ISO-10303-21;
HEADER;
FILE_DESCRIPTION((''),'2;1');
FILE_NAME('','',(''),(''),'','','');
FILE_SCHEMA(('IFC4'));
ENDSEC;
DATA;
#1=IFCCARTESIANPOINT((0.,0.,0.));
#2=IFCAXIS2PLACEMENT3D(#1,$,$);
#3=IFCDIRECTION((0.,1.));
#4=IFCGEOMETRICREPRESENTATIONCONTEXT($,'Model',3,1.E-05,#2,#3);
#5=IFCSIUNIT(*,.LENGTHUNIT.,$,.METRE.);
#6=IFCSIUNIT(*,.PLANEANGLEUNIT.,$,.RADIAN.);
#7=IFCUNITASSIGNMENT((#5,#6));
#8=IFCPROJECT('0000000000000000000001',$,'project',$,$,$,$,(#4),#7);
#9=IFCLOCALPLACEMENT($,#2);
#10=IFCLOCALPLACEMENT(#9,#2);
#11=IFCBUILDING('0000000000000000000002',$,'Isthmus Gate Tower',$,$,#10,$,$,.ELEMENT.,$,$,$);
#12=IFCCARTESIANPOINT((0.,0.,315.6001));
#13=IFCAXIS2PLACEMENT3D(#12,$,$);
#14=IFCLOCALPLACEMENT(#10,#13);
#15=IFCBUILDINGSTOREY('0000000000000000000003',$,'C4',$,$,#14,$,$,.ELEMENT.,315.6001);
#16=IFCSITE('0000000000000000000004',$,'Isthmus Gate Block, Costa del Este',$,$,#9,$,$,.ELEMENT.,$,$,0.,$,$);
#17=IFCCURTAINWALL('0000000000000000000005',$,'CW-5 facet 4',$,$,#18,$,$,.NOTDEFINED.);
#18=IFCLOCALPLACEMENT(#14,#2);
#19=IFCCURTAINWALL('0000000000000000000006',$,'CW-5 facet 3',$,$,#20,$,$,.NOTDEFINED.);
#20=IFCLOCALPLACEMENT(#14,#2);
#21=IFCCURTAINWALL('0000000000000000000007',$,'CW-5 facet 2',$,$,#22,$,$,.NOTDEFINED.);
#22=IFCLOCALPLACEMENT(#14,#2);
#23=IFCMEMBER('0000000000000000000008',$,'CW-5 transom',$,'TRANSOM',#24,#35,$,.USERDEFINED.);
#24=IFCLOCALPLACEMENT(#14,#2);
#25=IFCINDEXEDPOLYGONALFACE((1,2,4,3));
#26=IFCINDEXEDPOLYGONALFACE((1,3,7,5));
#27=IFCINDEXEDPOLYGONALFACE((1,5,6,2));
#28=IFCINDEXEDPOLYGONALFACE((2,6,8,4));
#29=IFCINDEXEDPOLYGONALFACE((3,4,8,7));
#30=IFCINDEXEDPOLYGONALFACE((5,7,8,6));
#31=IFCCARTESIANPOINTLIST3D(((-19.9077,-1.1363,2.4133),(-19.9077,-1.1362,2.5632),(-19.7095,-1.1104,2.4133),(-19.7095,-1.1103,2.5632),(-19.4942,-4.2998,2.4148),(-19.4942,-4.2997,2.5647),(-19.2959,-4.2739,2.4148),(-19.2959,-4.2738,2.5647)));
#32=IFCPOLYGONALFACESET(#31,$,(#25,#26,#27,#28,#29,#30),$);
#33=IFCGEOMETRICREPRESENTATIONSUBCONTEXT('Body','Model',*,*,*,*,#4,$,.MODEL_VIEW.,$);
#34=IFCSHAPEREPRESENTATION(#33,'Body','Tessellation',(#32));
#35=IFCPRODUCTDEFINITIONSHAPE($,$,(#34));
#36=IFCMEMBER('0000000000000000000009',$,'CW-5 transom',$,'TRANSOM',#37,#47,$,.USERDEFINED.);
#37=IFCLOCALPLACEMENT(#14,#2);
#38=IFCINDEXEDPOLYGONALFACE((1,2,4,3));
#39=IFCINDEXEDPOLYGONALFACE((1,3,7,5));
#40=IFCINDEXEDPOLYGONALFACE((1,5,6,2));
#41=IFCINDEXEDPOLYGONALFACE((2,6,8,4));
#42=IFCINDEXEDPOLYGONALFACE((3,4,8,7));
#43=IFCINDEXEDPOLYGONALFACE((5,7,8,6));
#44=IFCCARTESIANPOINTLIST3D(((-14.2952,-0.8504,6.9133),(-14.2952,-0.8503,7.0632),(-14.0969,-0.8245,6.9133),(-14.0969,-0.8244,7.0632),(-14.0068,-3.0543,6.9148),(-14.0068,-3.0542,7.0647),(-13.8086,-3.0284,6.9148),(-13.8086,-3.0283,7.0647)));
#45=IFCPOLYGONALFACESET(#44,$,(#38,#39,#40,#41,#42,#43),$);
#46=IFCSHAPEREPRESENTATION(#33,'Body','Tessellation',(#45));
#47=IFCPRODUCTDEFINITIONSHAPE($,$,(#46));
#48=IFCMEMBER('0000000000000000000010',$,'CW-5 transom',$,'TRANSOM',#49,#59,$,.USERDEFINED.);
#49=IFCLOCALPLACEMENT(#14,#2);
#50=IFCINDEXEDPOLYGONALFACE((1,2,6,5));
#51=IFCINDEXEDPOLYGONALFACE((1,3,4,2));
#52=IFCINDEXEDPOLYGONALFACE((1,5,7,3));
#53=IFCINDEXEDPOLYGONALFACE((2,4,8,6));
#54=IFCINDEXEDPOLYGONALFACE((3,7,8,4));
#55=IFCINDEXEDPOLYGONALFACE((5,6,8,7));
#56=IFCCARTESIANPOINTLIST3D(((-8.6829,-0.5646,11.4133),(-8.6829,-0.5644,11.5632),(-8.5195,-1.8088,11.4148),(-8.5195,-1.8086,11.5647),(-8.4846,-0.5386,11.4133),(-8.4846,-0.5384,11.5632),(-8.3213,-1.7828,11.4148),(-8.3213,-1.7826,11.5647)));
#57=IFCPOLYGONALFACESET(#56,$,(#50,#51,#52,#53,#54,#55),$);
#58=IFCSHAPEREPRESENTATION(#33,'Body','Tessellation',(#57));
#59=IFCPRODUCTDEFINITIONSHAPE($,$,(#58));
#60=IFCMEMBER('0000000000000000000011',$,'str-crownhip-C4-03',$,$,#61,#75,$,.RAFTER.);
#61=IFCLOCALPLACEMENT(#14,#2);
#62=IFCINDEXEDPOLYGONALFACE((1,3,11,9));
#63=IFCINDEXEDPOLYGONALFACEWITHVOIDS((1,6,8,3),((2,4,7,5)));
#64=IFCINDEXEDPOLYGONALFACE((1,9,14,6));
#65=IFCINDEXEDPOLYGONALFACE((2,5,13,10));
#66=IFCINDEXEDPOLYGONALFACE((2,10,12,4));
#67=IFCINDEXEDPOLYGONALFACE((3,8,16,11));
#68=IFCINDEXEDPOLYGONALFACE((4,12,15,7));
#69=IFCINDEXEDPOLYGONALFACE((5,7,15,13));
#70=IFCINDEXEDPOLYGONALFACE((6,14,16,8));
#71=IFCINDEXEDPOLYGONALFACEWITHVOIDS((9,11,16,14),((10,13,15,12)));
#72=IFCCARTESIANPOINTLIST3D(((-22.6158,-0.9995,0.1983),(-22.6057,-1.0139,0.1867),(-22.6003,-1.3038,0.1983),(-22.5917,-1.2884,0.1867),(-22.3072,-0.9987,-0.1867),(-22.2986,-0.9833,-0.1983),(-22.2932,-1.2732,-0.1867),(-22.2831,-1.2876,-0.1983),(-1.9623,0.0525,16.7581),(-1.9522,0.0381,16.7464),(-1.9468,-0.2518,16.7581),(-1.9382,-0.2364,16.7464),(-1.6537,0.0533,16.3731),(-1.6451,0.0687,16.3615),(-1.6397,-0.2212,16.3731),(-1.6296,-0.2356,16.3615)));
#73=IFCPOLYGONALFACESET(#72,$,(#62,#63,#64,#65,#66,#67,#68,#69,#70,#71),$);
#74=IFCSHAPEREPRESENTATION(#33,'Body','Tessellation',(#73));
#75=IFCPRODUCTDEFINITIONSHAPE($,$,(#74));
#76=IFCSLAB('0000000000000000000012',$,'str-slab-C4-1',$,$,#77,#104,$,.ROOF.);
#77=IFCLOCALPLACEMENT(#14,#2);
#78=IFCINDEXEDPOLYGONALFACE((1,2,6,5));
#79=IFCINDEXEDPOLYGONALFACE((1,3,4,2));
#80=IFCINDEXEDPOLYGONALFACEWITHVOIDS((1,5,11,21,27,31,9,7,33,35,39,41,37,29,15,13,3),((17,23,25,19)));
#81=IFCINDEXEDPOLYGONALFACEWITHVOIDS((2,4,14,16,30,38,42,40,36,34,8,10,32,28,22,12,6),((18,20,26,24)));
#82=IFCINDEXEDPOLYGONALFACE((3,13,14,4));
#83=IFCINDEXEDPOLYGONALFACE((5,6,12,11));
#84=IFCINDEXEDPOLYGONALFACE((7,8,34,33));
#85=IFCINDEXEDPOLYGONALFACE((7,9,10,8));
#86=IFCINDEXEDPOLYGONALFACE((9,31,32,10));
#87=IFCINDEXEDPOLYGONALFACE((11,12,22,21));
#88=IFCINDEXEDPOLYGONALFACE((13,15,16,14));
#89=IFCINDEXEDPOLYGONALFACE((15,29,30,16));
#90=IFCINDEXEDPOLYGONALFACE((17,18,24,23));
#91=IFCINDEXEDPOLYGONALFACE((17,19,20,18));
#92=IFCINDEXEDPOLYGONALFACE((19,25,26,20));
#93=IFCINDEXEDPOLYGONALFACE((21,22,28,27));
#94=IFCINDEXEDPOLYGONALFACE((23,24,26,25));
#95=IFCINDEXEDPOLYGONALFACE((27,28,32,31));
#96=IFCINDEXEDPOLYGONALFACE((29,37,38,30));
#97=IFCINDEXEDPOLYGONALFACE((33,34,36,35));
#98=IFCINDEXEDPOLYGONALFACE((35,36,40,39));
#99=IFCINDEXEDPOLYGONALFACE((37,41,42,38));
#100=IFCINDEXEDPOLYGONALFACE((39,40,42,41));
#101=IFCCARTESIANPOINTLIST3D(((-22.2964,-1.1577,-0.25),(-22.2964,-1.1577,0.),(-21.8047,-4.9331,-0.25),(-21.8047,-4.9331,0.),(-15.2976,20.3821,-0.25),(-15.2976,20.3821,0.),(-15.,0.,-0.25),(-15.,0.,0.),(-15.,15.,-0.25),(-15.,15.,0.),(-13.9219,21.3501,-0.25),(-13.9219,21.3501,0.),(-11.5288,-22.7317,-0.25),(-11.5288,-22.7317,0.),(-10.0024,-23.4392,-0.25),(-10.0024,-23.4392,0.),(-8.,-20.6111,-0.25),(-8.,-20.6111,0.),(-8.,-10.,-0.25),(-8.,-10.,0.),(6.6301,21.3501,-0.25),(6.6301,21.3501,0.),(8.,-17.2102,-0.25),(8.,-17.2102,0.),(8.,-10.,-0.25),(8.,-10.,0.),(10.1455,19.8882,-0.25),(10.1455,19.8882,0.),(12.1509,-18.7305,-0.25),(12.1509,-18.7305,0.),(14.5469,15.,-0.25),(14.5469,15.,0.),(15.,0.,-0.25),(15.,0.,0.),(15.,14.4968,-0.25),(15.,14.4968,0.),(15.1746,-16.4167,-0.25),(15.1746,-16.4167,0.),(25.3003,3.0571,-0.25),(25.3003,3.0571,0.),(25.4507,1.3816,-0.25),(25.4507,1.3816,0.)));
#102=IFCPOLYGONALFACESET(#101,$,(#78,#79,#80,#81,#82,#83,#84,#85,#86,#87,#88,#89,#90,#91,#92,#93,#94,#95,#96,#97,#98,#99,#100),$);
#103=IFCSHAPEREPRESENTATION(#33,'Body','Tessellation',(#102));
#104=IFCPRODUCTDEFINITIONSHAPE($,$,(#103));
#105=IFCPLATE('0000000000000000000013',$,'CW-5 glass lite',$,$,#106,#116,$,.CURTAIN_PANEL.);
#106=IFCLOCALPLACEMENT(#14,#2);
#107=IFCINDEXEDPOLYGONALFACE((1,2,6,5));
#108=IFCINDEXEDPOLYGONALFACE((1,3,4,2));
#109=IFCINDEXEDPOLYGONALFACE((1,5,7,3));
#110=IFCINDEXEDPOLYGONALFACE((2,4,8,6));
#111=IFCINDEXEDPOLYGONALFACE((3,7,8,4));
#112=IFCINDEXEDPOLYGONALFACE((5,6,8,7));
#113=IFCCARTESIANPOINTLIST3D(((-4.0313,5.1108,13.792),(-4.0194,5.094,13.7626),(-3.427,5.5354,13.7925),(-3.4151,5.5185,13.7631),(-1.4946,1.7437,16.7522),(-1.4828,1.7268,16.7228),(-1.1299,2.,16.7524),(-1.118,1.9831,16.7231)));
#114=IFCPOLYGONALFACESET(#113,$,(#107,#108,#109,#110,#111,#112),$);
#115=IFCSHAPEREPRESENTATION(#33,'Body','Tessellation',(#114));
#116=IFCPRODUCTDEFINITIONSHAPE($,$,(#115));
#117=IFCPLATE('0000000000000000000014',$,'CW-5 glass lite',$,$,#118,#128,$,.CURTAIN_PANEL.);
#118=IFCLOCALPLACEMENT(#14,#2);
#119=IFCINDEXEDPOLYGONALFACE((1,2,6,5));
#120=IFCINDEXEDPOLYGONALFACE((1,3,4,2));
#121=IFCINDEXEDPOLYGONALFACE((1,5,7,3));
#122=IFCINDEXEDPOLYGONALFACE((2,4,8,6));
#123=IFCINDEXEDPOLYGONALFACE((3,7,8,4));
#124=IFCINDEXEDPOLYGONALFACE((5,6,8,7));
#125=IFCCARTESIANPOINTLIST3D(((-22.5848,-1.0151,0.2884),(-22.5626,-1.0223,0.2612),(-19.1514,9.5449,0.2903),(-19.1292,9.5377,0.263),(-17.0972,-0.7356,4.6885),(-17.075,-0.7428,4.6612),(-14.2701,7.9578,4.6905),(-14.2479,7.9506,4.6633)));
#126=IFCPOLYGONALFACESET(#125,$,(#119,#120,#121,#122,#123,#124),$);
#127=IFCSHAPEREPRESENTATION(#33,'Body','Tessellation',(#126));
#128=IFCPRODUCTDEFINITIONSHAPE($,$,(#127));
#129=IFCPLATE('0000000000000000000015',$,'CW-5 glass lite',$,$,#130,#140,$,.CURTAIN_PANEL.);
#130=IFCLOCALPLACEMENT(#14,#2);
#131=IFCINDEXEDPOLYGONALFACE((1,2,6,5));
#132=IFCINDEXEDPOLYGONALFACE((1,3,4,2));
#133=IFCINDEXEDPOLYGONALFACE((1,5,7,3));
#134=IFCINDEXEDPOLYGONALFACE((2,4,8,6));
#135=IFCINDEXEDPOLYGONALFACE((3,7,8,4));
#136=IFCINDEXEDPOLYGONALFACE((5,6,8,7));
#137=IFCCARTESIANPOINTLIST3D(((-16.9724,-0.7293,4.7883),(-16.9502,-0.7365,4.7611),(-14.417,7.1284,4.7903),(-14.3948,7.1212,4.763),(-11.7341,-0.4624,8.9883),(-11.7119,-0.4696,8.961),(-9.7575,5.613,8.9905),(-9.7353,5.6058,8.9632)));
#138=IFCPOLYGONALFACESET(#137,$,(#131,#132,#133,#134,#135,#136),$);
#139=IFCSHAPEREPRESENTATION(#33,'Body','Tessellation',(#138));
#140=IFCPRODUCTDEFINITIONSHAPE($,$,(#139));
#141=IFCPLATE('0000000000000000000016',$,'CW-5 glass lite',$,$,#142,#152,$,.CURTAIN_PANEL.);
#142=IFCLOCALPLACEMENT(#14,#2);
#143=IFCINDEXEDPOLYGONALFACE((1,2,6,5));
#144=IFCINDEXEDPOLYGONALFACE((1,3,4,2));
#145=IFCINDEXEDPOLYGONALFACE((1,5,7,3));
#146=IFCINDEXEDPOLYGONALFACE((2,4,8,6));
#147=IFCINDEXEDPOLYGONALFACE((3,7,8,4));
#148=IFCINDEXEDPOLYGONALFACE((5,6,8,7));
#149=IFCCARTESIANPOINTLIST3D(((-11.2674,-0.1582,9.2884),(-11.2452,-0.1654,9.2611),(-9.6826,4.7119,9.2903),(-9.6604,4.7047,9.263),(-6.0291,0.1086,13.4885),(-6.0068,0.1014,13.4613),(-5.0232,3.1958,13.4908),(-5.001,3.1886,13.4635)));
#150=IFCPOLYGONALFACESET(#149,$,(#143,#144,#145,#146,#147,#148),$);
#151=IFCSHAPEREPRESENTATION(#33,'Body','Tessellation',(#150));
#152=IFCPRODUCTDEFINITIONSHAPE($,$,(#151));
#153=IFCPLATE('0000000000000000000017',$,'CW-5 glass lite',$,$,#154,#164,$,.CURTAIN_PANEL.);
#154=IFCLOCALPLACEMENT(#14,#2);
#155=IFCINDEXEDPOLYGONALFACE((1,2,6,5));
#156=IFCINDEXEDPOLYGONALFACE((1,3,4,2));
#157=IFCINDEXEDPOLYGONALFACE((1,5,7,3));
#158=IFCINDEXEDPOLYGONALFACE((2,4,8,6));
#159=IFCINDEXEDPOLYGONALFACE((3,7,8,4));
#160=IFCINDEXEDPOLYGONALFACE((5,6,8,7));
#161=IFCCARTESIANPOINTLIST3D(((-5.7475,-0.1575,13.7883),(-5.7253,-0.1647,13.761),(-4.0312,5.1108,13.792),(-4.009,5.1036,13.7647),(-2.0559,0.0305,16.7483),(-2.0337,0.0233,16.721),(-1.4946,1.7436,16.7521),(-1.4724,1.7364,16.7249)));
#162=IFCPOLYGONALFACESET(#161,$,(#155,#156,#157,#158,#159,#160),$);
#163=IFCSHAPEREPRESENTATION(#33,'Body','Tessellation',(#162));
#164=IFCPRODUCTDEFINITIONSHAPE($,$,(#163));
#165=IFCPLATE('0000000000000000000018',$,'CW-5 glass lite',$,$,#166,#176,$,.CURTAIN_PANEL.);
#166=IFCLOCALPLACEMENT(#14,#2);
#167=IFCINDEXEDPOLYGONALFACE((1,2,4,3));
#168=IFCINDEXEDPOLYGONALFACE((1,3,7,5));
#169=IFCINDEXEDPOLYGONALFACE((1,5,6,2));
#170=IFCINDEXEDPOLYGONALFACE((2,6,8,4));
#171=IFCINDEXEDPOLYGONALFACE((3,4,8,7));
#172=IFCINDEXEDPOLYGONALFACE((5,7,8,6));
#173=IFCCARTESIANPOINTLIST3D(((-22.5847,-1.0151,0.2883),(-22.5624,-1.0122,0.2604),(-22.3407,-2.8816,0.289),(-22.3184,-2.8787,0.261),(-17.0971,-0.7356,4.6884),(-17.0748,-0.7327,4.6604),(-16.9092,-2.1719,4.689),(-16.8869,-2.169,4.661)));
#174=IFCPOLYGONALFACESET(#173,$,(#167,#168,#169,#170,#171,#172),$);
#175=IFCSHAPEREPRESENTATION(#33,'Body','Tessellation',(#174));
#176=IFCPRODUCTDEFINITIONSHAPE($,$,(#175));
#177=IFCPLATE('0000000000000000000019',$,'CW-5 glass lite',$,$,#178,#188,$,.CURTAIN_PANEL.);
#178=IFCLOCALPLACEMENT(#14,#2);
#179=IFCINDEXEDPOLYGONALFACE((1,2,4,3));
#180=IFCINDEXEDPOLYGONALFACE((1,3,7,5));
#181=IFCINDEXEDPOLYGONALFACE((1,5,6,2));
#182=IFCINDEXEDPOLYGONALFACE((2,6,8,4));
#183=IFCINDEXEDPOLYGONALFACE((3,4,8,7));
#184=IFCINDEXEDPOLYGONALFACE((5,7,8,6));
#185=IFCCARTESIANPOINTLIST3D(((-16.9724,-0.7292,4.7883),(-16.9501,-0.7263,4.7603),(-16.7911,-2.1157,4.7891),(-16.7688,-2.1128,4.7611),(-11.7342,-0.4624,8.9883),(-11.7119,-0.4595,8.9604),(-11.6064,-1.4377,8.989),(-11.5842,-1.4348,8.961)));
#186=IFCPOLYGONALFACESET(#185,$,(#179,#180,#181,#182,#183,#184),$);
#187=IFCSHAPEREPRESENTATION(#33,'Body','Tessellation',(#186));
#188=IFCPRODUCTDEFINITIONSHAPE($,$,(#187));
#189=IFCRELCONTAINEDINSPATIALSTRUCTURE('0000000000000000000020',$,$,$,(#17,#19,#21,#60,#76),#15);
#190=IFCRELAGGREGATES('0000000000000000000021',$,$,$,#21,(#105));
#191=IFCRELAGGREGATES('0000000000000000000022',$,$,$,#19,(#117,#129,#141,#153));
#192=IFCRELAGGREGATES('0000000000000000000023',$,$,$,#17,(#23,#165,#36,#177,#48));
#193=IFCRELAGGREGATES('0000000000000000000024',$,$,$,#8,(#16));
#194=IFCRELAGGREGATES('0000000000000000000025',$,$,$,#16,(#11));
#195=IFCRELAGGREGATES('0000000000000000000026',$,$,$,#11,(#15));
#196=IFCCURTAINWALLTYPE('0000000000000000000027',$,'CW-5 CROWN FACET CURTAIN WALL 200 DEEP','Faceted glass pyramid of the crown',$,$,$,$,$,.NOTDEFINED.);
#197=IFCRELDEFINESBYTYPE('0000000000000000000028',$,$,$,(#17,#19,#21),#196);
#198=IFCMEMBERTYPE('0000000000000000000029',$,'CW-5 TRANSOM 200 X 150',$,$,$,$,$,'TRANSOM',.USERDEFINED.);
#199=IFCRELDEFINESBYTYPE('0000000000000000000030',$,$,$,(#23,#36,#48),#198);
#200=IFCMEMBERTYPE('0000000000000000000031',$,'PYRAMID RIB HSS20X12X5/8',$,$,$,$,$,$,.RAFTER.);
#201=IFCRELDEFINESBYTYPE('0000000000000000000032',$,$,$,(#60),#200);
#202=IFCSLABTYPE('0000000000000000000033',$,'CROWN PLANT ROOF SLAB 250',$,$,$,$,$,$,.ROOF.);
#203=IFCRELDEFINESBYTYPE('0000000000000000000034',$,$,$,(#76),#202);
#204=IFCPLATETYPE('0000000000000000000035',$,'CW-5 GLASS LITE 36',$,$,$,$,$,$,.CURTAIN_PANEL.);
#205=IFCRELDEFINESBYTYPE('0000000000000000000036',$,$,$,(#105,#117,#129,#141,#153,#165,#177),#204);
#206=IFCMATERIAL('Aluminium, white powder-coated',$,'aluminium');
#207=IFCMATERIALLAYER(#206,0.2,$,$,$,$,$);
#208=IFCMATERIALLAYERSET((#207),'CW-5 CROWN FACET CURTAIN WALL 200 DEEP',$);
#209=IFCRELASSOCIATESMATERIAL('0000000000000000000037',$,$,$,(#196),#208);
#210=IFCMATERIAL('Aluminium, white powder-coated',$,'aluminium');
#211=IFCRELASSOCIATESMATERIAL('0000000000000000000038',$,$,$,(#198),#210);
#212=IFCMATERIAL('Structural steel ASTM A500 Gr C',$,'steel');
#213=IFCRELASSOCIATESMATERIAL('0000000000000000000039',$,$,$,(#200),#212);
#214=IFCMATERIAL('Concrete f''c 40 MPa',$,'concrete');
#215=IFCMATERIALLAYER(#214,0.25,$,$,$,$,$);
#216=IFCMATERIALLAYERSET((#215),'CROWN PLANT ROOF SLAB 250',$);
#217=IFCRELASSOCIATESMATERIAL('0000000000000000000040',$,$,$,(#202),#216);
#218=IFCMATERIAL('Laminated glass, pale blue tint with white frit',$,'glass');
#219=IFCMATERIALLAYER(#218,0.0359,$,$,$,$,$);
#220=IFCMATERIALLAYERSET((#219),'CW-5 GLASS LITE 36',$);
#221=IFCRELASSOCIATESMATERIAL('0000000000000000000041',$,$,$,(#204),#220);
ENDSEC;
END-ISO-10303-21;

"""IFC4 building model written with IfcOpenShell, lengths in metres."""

from ifc_helpers import new_model, si_unit, direction, frame, origin, origin_2d, place, context, subcontext, project, spatial, polyline, rectangle, hollow_rectangle, outline, extrude, material, layer, layer_set, material_profile, profile_set, type_object, element, aggregate, save


model = new_model("IFC4")

# Units and contexts
model_context = context("Model", 3, precision=1e-05, world=origin(), true_north=direction((0.0, 1.0)))
body_context = subcontext(model_context, "Body", "Model", "MODEL_VIEW")
ifc_project = project(units=[si_unit("LENGTHUNIT", "METRE"), si_unit("PLANEANGLEUNIT", "RADIAN")], contexts=[model_context])

# Site, building, storey
site_placement = place(None, origin())
site = spatial("IfcSite", under=ifc_project, at=site_placement, Name="Isthmus Gate Block, Costa del Este", CompositionType="ELEMENT", RefElevation=0.0)
building_placement = place(site_placement, origin())
building = spatial("IfcBuilding", under=site, at=building_placement, Name="Isthmus Gate Tower", CompositionType="ELEMENT")
storey_placement = place(building_placement, frame((0.0, 0.0, 315.6001)))
storey = spatial("IfcBuildingStorey", under=building, at=storey_placement, Name="C4", CompositionType="ELEMENT", Elevation=315.6001)

# Curtain wall
ifc_material_1 = material(Name="Aluminium, white powder-coated", Category="aluminium")
ifc_layer_1 = layer(ifc_material_1, 0.2)
ifc_layer_set_1 = layer_set([ifc_layer_1], Name="CW-5 CROWN FACET CURTAIN WALL 200 DEEP")
curtain_wall_type = type_object("IfcCurtainWallType", Name="CW-5 CROWN FACET CURTAIN WALL 200 DEEP", Description="Faceted glass pyramid of the crown", PredefinedType="NOTDEFINED", material=ifc_layer_set_1)
curtain_wall_1_placement = place(storey_placement, origin())
curtain_wall_1 = element("IfcCurtainWall", 1, at=curtain_wall_1_placement, inside=storey, type_object=curtain_wall_type, Name="CW-5 facet 4", PredefinedType="NOTDEFINED")
placement_1 = place(building_placement, frame((0.0, 0.0, 324.6001)))

# Curtain wall
curtain_wall_2_placement = place(storey_placement, origin())
curtain_wall_2 = element("IfcCurtainWall", 2, at=curtain_wall_2_placement, inside=storey, type_object=curtain_wall_type, Name="CW-5 facet 3", PredefinedType="NOTDEFINED")
placement_2 = place(building_placement, frame((0.0, 0.0, 320.1001)))
placement_3 = place(building_placement, frame((0.0, 0.0, 329.1001)))

# Curtain wall
curtain_wall_3_placement = place(storey_placement, origin())
curtain_wall_3 = element("IfcCurtainWall", 3, at=curtain_wall_3_placement, inside=storey, type_object=curtain_wall_type, Name="CW-5 facet 2", PredefinedType="NOTDEFINED")
ifc_material_2 = material(Name="Aluminium, white powder-coated", Category="aluminium")
ifc_material_profile_1 = material_profile(ifc_material_2, rectangle(XDim=0.2, YDim=0.1499, at=origin_2d()), Name="200x150")
ifc_profile_set_1 = profile_set([ifc_material_profile_1], Name="Aluminium, white powder-coated")
member_type_1 = type_object("IfcMemberType", Name="CW-5 TRANSOM 200 X 150", ElementType="TRANSOM", PredefinedType="USERDEFINED", material=ifc_profile_set_1)

# Members
member_1_placement = place(storey_placement, frame((-19.8086, -1.1233, 2.4883), z_axis=(0.129627, -0.991563, 0.000459), x_axis=(0.991563, 0.129627, 0.0)))
member_1 = element("IfcMember", 4, at=member_1_placement, type_object=member_type_1, Name="CW-5 transom", ObjectType="TRANSOM", PredefinedType="USERDEFINED", context=body_context, shape_type="SweptSolid", body=[
    extrude(rectangle(XDim=0.2, YDim=0.1499, at=origin_2d()), origin(), (0.0, 0.0, 1.0), 3.1904),
])
member_2_placement = place(placement_2, frame((-14.196, -0.8374, 2.4883), z_axis=(0.129724, -0.99155, 0.000659), x_axis=(0.99155, 0.129724, 0.0)))
member_2 = element("IfcMember", 5, at=member_2_placement, type_object=member_type_1, Name="CW-5 transom", ObjectType="TRANSOM", PredefinedType="USERDEFINED", context=body_context, shape_type="SweptSolid", body=[
    extrude(rectangle(XDim=0.2, YDim=0.1499, at=origin_2d()), origin(), (0.0, 0.0, 1.0), 2.2227),
])
member_3_placement = place(placement_1, frame((-8.5837, -0.5515, 2.4883), z_axis=(0.130163, -0.991492, 0.001167), x_axis=(0.991493, 0.130163, 0.0)))
member_3 = element("IfcMember", 6, at=member_3_placement, type_object=member_type_1, Name="CW-5 transom", ObjectType="TRANSOM", PredefinedType="USERDEFINED", context=body_context, shape_type="SweptSolid", body=[
    extrude(rectangle(XDim=0.2, YDim=0.1499, at=origin_2d()), origin(), (0.0, 0.0, 1.0), 1.2549),
])
ifc_material_3 = material(Name="Structural steel ASTM A500 Gr C", Category="steel")
ifc_material_profile_2 = material_profile(ifc_material_3, hollow_rectangle(XDim=0.3047, YDim=0.5081, WallThickness=0.0149, at=origin_2d()), Name="HSS20X12X5/8")
ifc_profile_set_2 = profile_set([ifc_material_profile_2], Name="Structural steel ASTM A500 Gr C")
member_type_2 = type_object("IfcMemberType", Name="PYRAMID RIB HSS20X12X5/8", PredefinedType="RAFTER", material=ifc_profile_set_2)
member_4_placement = place(storey_placement, frame((-22.4495, -1.1436, 0.0), z_axis=(0.779572, 0.039708, 0.625053), x_axis=(-0.05087, 0.998705, 0.0)))
element("IfcMember", 7, at=member_4_placement, inside=storey, type_object=member_type_2, Name="str-crownhip-C4-03", PredefinedType="RAFTER", context=body_context, shape_type="SweptSolid", body=[
    extrude(hollow_rectangle(XDim=0.3047, YDim=0.5081, WallThickness=0.0149, at=origin_2d()), origin(), (0.0, 0.0, 1.0), 26.4934),
])

# Slab
ifc_material_4 = material(Name="Concrete f'c 40 MPa", Category="concrete")
ifc_layer_2 = layer(ifc_material_4, 0.25)
ifc_layer_set_2 = layer_set([ifc_layer_2], Name="CROWN PLANT ROOF SLAB 250")
slab_type = type_object("IfcSlabType", Name="CROWN PLANT ROOF SLAB 250", PredefinedType="ROOF", material=ifc_layer_set_2)
slab_placement = place(storey_placement, frame((0.0, 0.0, -0.25)))
element("IfcSlab", 8, at=slab_placement, inside=storey, type_object=slab_type, Name="str-slab-C4-1", PredefinedType="ROOF", context=body_context, shape_type="SweptSolid", body=[
    extrude(outline(polyline([(10.1455, 19.8882), (14.5469, 15.0), (-15.0, 15.0), (-15.0, 0.0), (15.0, 0.0), (15.0, 14.4968), (25.3003, 3.0571), (25.4507, 1.3816), (15.1746, -16.4167), (12.1509, -18.7305), (-10.0024, -23.4392), (-11.5288, -22.7317), (-21.8047, -4.9331), (-22.2964, -1.1577), (-15.2976, 20.3821), (-13.9219, 21.3501), (6.6301, 21.3501), (10.1455, 19.8882)]), holes=[polyline([(-8.0, -20.6111), (8.0, -17.2102), (8.0, -10.0), (-8.0, -10.0), (-8.0, -20.6111)])]), origin(), (0.0, 0.0, 1.0), 0.25),
])

# Plates
ifc_material_5 = material(Name="Laminated glass, pale blue tint with white frit", Category="glass")
ifc_layer_3 = layer(ifc_material_5, 0.0359)
ifc_layer_set_3 = layer_set([ifc_layer_3], Name="CW-5 GLASS LITE 36")
plate_type = type_object("IfcPlateType", Name="CW-5 GLASS LITE 36", PredefinedType="CURTAIN_PANEL", material=ifc_layer_set_3)
plate_1_placement = place(placement_3, frame((-3.427, 5.5354, 0.2925), z_axis=(-0.330924, 0.470055, 0.818253), x_axis=(-0.818224, -0.5749, -0.000654)))
plate_1 = element("IfcPlate", 9, at=plate_1_placement, type_object=plate_type, Name="CW-5 glass lite", PredefinedType="CURTAIN_PANEL", context=body_context, shape_type="SweptSolid", body=[
    extrude(outline(polyline([(0.0, 0.0), (0.7385, 0.0), (0.5968, 5.1493), (0.151, 5.1492), (0.0, 0.0)])), origin(), (0.0, 0.0, -1.0), 0.0359),
])
plate_2_placement = place(storey_placement, frame((-19.1514, 9.5449, 0.2903), z_axis=(-0.618993, 0.20112, 0.759209), x_axis=(-0.3092, -0.950997, -0.000169)))
plate_2 = element("IfcPlate", 10, at=plate_2_placement, type_object=plate_type, Name="CW-5 glass lite", PredefinedType="CURTAIN_PANEL", context=body_context, shape_type="SweptSolid", body=[
    extrude(outline(polyline([(0.0, 0.0), (11.1042, 0.0), (9.1408, 6.76), (-0.0007, 6.7608), (0.0, 0.0)])), origin(), (0.0, 0.0, -1.0), 0.0359),
])
plate_3_placement = place(placement_2, frame((-14.417, 7.1284, 0.2903), z_axis=(-0.618981, 0.201108, 0.759222), x_axis=(-0.309267, -0.950975, -0.000239)))
plate_3 = element("IfcPlate", 11, at=plate_3_placement, type_object=plate_type, Name="CW-5 glass lite", PredefinedType="CURTAIN_PANEL", context=body_context, shape_type="SweptSolid", body=[
    extrude(outline(polyline([(0.0, 0.0), (8.2628, 0.0), (6.388, 6.4526), (-0.0009, 6.4535), (0.0, 0.0)])), origin(), (0.0, 0.0, -1.0), 0.0359),
])
plate_4_placement = place(placement_1, frame((-9.6826, 4.7119, 0.2903), z_axis=(-0.618991, 0.201123, 0.75921), x_axis=(-0.309433, -0.950921, -0.000374)))
plate_4 = element("IfcPlate", 12, at=plate_4_placement, type_object=plate_type, Name="CW-5 glass lite", PredefinedType="CURTAIN_PANEL", context=body_context, shape_type="SweptSolid", body=[
    extrude(outline(polyline([(0.0, 0.0), (5.1215, 0.0), (3.2452, 6.4523), (-0.0016, 6.4539), (0.0, 0.0)])), origin(), (0.0, 0.0, -1.0), 0.0359),
])
plate_5_placement = place(placement_3, frame((-4.0312, 5.1108, 0.292), z_axis=(-0.618994, 0.201114, 0.75921), x_axis=(-0.309748, -0.950818, -0.000671)))
plate_5 = element("IfcPlate", 13, at=plate_5_placement, type_object=plate_type, Name="CW-5 glass lite", PredefinedType="CURTAIN_PANEL", context=body_context, shape_type="SweptSolid", body=[
    extrude(outline(polyline([(0.0, 0.0), (5.5408, 0.0), (4.2166, 4.5466), (2.4139, 4.5506), (0.0, 0.0)])), origin(), (0.0, 0.0, -1.0), 0.0359),
])
plate_6_placement = place(storey_placement, frame((-22.5847, -1.0151, 0.2883), z_axis=(-0.620992, -0.080916, 0.779629), x_axis=(0.129618, -0.991564, 0.000331)))
plate_6 = element("IfcPlate", 14, at=plate_6_placement, type_object=plate_type, Name="CW-5 glass lite", PredefinedType="CURTAIN_PANEL", context=body_context, shape_type="SweptSolid", body=[
    extrude(outline(polyline([(0.0, 0.0), (1.8823, 0.0), (1.8841, 7.0261), (0.4356, 7.0259), (0.0, 0.0)])), origin(), (0.0, 0.0, -1.0), 0.0359),
])
plate_7_placement = place(placement_2, frame((-16.9724, -0.7292, 0.2883), z_axis=(-0.620997, -0.080784, 0.779639), x_axis=(0.129696, -0.991554, 0.000563)))
plate_7 = element("IfcPlate", 15, at=plate_7_placement, type_object=plate_type, Name="CW-5 glass lite", PredefinedType="CURTAIN_PANEL", context=body_context, shape_type="SweptSolid", body=[
    extrude(outline(polyline([(0.0, 0.0), (1.3983, 0.0), (1.4008, 6.7066), (0.4172, 6.7064), (0.0, 0.0)])), origin(), (0.0, 0.0, -1.0), 0.0359),
])

aggregate(curtain_wall_3, [plate_1])
aggregate(curtain_wall_2, [plate_2, plate_3, plate_4, plate_5])
aggregate(curtain_wall_1, [member_1, plate_6, member_2, plate_7, member_3])

save(model, "model.ifc")
